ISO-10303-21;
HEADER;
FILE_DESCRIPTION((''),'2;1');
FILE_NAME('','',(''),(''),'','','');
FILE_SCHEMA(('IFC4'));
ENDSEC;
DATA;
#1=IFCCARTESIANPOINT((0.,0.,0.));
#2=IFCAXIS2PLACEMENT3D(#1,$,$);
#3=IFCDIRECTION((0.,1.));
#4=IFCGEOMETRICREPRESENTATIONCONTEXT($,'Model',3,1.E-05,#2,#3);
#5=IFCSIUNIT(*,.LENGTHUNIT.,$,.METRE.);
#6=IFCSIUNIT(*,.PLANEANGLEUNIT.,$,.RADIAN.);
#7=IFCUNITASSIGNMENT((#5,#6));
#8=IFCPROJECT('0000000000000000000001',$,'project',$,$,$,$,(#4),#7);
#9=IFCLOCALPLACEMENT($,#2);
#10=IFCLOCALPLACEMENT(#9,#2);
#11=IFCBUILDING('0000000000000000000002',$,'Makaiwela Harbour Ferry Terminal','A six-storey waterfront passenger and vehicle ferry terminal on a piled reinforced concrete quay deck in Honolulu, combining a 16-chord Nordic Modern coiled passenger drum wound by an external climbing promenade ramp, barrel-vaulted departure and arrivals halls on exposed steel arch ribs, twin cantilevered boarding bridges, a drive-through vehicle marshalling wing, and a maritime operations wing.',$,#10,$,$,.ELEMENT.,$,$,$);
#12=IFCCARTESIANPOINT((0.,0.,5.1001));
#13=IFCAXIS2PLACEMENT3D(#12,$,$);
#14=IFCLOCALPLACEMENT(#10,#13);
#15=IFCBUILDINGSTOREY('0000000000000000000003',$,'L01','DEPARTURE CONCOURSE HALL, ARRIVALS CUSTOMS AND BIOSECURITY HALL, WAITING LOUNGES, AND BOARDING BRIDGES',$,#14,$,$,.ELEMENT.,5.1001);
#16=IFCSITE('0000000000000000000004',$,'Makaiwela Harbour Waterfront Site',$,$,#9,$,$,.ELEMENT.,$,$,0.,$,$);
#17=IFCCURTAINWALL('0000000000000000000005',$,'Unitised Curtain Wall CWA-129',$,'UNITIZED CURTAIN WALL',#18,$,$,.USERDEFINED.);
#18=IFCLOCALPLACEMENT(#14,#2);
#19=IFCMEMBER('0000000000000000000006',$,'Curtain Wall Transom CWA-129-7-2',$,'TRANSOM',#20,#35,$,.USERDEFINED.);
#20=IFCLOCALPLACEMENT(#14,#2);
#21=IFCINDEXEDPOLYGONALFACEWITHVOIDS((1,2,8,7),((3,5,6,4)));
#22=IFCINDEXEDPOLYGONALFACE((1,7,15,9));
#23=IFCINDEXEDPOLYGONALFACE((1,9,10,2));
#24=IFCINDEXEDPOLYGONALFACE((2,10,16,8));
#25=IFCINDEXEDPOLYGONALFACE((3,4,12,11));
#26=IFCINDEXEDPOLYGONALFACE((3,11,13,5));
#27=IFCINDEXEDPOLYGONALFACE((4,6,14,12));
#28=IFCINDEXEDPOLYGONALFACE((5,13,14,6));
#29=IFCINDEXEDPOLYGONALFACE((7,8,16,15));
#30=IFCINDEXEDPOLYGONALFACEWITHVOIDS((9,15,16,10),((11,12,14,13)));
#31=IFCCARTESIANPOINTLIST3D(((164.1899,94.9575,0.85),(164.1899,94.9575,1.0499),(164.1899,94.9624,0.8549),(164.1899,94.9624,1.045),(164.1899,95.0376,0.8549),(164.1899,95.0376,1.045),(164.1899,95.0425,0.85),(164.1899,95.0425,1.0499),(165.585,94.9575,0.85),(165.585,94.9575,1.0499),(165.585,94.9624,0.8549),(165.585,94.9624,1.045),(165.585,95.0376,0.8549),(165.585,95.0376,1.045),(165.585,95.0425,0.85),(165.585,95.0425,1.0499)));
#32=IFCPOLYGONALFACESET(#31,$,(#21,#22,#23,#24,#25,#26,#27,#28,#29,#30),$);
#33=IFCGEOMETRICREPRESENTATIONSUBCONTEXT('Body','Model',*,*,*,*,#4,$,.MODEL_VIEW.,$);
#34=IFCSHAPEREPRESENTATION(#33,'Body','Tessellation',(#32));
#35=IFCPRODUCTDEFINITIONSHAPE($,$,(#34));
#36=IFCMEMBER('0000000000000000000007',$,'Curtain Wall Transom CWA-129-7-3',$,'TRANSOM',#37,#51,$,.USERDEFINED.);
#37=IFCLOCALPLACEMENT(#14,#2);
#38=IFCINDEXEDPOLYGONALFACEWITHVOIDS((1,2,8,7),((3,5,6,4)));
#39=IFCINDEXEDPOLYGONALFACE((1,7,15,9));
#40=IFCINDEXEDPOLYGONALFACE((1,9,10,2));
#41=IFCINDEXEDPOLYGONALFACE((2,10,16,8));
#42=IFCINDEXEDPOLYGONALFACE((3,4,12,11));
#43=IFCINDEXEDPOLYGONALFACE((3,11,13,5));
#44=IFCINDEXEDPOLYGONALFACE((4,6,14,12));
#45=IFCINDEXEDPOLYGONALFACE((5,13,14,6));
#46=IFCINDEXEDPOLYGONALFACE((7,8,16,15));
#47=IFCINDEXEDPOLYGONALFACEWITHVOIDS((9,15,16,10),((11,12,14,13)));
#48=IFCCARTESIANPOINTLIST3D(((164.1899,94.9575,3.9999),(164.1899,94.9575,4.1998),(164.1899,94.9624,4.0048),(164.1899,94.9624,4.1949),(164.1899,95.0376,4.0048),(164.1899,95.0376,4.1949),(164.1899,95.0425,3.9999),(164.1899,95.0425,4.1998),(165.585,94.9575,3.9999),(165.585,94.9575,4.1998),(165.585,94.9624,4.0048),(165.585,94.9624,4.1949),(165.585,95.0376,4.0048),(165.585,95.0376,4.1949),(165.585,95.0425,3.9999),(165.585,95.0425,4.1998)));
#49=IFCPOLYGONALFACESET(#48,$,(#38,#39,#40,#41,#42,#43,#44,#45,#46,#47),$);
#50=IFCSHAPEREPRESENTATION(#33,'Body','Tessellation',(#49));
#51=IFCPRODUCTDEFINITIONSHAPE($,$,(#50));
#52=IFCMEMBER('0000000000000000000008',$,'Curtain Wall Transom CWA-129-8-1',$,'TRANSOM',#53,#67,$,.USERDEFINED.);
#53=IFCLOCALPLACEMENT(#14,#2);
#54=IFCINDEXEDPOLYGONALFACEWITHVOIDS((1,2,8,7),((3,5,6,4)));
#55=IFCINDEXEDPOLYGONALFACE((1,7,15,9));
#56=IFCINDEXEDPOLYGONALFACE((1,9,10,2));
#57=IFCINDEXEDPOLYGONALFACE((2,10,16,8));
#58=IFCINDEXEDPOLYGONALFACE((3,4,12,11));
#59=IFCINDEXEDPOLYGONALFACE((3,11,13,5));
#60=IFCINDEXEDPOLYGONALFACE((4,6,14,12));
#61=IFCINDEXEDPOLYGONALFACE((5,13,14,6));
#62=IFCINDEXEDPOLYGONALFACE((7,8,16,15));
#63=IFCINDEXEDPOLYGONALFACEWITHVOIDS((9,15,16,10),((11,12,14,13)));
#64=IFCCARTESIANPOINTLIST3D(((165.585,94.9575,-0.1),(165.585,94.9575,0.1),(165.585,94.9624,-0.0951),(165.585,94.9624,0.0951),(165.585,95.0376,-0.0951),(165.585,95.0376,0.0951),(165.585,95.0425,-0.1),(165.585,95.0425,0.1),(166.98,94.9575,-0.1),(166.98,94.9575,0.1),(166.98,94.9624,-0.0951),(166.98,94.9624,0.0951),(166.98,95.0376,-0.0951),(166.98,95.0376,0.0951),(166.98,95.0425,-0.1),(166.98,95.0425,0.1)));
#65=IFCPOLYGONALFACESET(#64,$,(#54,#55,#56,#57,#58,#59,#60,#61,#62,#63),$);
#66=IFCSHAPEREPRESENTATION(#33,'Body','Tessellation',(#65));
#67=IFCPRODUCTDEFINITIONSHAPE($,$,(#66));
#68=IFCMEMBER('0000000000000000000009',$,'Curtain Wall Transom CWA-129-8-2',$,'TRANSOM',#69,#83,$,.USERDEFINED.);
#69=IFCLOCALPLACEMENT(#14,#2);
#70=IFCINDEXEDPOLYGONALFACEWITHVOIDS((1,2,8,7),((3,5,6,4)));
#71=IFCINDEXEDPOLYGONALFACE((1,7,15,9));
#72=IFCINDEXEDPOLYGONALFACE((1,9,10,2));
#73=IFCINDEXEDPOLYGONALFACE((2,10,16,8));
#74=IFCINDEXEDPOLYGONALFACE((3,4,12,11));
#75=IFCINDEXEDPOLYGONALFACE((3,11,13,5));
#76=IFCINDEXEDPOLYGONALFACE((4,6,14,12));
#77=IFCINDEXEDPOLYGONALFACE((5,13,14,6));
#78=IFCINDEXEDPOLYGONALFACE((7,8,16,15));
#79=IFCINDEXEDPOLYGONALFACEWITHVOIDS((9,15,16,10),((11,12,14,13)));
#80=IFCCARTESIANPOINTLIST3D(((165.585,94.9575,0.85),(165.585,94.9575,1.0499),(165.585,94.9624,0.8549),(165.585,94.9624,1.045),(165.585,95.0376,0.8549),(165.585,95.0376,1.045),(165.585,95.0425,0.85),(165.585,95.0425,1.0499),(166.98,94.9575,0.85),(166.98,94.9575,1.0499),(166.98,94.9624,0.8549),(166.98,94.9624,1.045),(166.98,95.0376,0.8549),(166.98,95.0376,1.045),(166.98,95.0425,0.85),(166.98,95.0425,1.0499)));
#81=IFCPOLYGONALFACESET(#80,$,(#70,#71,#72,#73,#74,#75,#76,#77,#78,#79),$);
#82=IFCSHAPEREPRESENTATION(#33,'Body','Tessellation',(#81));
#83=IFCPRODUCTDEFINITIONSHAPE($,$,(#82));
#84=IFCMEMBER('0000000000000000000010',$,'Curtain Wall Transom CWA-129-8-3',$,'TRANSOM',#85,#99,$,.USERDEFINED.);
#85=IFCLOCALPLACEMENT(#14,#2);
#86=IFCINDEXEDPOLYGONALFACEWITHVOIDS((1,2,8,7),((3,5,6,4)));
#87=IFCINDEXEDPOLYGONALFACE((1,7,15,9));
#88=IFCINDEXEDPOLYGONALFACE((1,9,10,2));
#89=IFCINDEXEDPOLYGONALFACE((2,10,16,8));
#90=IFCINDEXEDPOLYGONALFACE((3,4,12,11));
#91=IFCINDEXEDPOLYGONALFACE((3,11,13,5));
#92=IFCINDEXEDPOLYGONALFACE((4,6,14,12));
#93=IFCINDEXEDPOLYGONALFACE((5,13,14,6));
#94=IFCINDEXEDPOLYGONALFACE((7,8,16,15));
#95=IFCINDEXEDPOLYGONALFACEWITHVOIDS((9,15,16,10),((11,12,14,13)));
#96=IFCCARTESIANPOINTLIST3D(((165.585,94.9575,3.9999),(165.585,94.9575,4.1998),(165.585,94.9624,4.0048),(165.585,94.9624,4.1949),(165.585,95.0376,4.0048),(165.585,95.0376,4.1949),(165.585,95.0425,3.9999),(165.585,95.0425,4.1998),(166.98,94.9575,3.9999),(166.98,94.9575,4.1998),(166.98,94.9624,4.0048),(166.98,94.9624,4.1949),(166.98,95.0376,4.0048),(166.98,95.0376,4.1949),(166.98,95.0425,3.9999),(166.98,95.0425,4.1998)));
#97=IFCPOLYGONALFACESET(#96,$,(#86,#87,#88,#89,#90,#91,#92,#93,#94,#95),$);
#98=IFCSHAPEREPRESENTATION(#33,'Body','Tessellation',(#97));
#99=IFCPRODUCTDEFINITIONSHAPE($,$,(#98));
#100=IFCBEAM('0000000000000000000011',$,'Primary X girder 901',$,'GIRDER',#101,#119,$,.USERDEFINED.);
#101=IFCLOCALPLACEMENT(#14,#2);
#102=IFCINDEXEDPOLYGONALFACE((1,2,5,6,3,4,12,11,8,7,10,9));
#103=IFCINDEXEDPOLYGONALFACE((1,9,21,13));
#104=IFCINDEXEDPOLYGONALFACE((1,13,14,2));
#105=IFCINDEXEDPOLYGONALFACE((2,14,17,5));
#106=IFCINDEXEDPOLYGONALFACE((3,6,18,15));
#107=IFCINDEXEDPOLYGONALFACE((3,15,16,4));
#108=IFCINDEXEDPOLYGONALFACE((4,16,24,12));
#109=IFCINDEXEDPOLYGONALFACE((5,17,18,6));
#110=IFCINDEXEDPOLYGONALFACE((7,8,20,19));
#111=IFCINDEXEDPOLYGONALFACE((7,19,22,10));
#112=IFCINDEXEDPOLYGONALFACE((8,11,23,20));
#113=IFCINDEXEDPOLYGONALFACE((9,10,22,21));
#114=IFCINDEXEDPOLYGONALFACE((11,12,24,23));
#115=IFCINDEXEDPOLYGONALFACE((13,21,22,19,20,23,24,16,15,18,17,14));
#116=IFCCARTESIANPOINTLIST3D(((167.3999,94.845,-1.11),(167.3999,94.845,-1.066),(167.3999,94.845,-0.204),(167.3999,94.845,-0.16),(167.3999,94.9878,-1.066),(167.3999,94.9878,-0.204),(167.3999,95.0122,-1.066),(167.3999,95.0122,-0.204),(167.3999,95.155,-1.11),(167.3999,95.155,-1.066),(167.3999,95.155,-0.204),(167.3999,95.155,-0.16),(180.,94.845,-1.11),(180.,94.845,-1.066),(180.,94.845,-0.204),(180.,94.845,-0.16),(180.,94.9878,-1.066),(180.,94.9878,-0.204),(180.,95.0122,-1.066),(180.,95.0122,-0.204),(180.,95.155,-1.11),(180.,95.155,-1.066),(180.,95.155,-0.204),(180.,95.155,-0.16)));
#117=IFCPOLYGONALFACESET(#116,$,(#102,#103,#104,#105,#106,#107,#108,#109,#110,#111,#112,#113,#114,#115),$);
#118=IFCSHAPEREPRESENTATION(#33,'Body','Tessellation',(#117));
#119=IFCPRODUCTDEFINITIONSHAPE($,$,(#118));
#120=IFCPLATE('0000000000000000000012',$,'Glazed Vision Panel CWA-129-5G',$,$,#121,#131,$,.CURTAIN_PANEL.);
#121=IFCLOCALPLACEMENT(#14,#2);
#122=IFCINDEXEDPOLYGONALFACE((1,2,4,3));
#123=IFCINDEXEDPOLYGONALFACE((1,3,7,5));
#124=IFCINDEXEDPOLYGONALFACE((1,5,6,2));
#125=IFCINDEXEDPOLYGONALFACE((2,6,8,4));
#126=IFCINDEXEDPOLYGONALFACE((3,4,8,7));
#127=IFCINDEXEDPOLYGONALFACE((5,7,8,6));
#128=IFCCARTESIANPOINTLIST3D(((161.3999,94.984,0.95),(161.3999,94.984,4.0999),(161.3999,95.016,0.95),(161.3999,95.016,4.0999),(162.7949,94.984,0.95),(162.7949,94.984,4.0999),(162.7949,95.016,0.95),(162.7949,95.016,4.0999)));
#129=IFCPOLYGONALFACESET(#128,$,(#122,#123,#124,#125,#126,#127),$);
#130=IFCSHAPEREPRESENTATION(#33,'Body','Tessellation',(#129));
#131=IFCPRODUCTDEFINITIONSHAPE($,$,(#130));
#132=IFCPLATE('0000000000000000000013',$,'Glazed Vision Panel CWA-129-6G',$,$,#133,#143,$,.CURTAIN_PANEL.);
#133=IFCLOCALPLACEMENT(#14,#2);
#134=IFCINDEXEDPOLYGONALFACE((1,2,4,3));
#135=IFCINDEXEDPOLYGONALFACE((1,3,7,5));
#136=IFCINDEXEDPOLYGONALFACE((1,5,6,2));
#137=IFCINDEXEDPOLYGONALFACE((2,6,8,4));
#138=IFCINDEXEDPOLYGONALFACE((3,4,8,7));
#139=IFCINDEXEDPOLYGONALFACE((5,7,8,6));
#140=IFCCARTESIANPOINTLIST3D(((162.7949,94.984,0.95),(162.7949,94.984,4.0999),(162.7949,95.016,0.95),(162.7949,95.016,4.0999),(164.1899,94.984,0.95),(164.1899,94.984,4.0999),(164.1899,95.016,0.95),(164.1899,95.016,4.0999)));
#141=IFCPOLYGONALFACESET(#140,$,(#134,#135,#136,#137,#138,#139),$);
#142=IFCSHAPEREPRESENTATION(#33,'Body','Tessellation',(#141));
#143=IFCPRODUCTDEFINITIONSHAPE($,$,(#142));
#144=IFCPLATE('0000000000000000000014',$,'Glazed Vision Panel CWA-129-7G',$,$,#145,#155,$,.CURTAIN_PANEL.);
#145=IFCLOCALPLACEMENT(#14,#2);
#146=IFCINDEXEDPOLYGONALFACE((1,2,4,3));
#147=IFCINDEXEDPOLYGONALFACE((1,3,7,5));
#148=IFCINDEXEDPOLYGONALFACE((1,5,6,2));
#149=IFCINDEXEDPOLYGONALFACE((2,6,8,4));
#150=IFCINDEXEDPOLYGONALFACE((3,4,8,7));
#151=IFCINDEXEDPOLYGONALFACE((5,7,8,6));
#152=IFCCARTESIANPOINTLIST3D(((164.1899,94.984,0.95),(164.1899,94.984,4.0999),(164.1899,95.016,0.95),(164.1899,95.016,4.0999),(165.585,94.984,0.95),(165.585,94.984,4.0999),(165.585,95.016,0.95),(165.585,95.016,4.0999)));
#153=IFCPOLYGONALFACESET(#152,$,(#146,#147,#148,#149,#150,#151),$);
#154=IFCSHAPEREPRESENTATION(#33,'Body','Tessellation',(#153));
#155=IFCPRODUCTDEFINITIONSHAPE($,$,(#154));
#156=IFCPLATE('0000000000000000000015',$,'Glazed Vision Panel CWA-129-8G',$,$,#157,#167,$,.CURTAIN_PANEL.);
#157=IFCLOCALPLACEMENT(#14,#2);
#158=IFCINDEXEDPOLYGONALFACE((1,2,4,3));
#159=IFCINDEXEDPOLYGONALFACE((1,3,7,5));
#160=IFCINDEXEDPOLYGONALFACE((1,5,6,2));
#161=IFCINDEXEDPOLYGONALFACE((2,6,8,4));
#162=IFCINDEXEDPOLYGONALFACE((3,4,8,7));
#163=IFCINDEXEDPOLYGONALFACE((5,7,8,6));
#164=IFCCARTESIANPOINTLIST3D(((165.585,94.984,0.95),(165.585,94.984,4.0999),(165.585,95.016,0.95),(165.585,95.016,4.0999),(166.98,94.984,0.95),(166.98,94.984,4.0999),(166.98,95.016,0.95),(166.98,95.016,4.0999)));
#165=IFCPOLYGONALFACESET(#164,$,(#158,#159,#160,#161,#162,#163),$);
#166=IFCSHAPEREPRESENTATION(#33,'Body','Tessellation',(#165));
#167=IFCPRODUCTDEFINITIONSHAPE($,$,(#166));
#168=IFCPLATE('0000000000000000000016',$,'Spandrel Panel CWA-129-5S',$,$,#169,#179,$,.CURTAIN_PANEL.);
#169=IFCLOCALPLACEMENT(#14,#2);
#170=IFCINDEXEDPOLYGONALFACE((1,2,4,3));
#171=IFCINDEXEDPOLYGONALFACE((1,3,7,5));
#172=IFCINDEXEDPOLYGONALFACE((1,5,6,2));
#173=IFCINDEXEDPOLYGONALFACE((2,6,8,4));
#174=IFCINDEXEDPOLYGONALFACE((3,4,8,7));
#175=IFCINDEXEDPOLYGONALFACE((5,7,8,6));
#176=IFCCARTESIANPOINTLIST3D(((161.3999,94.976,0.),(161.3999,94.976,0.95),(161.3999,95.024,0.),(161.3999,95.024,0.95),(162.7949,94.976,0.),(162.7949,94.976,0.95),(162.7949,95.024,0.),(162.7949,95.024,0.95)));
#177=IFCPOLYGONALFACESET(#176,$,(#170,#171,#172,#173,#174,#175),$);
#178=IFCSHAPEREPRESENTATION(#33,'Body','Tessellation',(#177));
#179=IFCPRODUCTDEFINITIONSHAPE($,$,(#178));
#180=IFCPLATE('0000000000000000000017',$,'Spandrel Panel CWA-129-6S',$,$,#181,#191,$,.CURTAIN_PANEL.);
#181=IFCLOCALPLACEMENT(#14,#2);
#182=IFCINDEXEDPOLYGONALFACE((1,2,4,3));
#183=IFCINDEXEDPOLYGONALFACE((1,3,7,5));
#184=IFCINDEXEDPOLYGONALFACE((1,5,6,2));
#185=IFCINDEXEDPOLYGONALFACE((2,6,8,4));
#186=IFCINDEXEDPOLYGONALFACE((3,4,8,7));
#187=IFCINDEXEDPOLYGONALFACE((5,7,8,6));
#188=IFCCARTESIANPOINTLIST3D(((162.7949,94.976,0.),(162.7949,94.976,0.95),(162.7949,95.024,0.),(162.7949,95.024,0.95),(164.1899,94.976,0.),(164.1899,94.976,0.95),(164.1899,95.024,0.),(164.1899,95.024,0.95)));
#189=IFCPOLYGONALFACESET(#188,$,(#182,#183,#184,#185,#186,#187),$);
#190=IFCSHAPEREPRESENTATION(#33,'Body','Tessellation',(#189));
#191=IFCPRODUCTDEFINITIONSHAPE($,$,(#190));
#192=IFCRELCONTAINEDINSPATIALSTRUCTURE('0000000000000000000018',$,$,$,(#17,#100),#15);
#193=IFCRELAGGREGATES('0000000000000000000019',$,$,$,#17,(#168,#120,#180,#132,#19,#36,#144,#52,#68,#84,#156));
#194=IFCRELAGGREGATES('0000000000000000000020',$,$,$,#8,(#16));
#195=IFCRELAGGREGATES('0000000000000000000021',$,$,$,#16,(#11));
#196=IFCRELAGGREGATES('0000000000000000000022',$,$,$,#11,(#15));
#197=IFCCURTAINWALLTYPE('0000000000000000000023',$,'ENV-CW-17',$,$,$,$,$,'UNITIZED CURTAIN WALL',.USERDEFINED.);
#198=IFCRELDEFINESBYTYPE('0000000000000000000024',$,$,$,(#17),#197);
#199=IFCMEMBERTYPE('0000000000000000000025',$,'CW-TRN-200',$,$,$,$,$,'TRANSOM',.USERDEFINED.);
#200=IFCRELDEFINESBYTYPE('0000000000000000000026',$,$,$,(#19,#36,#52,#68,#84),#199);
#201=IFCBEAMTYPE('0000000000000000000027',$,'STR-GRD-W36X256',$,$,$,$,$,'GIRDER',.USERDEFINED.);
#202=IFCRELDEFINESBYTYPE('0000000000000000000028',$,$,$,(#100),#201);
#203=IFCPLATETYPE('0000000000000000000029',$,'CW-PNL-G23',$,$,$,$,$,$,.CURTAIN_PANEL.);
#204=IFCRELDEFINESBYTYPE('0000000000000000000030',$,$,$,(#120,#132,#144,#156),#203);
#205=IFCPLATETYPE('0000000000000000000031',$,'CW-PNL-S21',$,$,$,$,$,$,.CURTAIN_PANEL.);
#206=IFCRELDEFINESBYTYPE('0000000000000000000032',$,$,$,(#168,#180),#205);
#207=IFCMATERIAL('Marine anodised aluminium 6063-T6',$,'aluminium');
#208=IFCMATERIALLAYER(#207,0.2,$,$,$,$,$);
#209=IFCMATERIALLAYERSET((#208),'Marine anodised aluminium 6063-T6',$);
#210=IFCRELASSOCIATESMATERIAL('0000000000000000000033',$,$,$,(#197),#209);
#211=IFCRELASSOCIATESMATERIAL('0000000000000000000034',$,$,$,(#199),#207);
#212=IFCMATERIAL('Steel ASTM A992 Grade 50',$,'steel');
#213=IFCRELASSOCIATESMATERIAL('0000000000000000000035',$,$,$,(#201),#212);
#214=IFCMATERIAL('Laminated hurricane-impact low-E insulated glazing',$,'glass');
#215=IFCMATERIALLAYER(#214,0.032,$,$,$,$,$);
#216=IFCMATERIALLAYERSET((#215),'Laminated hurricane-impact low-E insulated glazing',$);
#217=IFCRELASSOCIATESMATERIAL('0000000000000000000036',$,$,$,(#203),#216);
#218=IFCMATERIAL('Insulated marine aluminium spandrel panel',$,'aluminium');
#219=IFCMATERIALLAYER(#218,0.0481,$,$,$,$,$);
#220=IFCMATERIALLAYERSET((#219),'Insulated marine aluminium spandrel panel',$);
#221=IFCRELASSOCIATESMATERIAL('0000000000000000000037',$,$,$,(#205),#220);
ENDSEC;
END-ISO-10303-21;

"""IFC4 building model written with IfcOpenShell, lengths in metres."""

from ifc_helpers import new_model, si_unit, direction, frame, origin, origin_2d, place, context, subcontext, project, spatial, rectangle, hollow_rectangle, i_section, extrude, material, layer, layer_set, material_profile, profile_set, type_object, element, aggregate, save


model = new_model("IFC4")

# Units and contexts
model_context = context("Model", 3, precision=1e-05, world=origin(), true_north=direction((0.0, 1.0)))
body_context = subcontext(model_context, "Body", "Model", "MODEL_VIEW")
ifc_project = project(units=[si_unit("LENGTHUNIT", "METRE"), si_unit("PLANEANGLEUNIT", "RADIAN")], contexts=[model_context])

# Site, building, storey
site_placement = place(None, origin())
site = spatial("IfcSite", under=ifc_project, at=site_placement, Name="Makaiwela Harbour Waterfront Site", CompositionType="ELEMENT", RefElevation=0.0)
building_placement = place(site_placement, origin())
building = spatial("IfcBuilding", under=site, at=building_placement, Name="Makaiwela Harbour Ferry Terminal", Description="A six-storey waterfront passenger and vehicle ferry terminal on a piled reinforced concrete quay deck in Honolulu, combining a 16-chord Nordic Modern coiled passenger drum wound by an external climbing promenade ramp, barrel-vaulted departure and arrivals halls on exposed steel arch ribs, twin cantilevered boarding bridges, a drive-through vehicle marshalling wing, and a maritime operations wing.", CompositionType="ELEMENT")
storey_placement = place(building_placement, frame((0.0, 0.0, 5.1001)))
storey = spatial("IfcBuildingStorey", under=building, at=storey_placement, Name="L01", Description="DEPARTURE CONCOURSE HALL, ARRIVALS CUSTOMS AND BIOSECURITY HALL, WAITING LOUNGES, AND BOARDING BRIDGES", CompositionType="ELEMENT", Elevation=5.1001)

# Shared definitions
ifc_material_1 = material(Name="Steel ASTM A992 Grade 50", Category="steel")

# Curtain wall, members
ifc_material_2 = material(Name="Marine anodised aluminium 6063-T6", Category="aluminium")
ifc_layer_1 = layer(ifc_material_2, 0.2)
ifc_layer_set_1 = layer_set([ifc_layer_1], Name="Marine anodised aluminium 6063-T6")
curtain_wall_type = type_object("IfcCurtainWallType", Name="ENV-CW-17", ElementType="UNITIZED CURTAIN WALL", PredefinedType="USERDEFINED", material=ifc_layer_set_1)
curtain_wall_placement = place(storey_placement, origin())
curtain_wall = element("IfcCurtainWall", 1, at=curtain_wall_placement, inside=storey, type_object=curtain_wall_type, Name="Unitised Curtain Wall CWA-129", ObjectType="UNITIZED CURTAIN WALL", PredefinedType="USERDEFINED")
ifc_material_profile_1 = material_profile(ifc_material_2, hollow_rectangle(XDim=0.085, YDim=0.2, WallThickness=0.0049, at=origin_2d()), Name="CWT-200X85")
ifc_profile_set_1 = profile_set([ifc_material_profile_1], Name="Marine anodised aluminium 6063-T6")
member_type_1 = type_object("IfcMemberType", Name="CW-TRN-200", ElementType="TRANSOM", PredefinedType="USERDEFINED", material=ifc_profile_set_1)
member_1_placement = place(storey_placement, frame((164.1899, 95.0, 0.95), z_axis=(1.0, 0.0, 0.0), x_axis=(0.0, 1.0, 0.0)))
member_1 = element("IfcMember", 2, at=member_1_placement, type_object=member_type_1, Name="Curtain Wall Transom CWA-129-7-2", ObjectType="TRANSOM", PredefinedType="USERDEFINED", context=body_context, shape_type="SweptSolid", body=[
    extrude(hollow_rectangle(XDim=0.085, YDim=0.2, WallThickness=0.0049, at=origin_2d()), origin(), (0.0, 0.0, 1.0), 1.395),
])
member_2_placement = place(storey_placement, frame((164.1899, 95.0, 4.0999), z_axis=(1.0, 0.0, 0.0), x_axis=(0.0, 1.0, 0.0)))
member_2 = element("IfcMember", 3, at=member_2_placement, type_object=member_type_1, Name="Curtain Wall Transom CWA-129-7-3", ObjectType="TRANSOM", PredefinedType="USERDEFINED", context=body_context, shape_type="SweptSolid", body=[
    extrude(hollow_rectangle(XDim=0.085, YDim=0.2, WallThickness=0.0049, at=origin_2d()), origin(), (0.0, 0.0, 1.0), 1.395),
])
member_3_placement = place(storey_placement, frame((165.585, 95.0, 0.0), z_axis=(1.0, 0.0, 0.0), x_axis=(0.0, 1.0, 0.0)))
member_3 = element("IfcMember", 4, at=member_3_placement, type_object=member_type_1, Name="Curtain Wall Transom CWA-129-8-1", ObjectType="TRANSOM", PredefinedType="USERDEFINED", context=body_context, shape_type="SweptSolid", body=[
    extrude(hollow_rectangle(XDim=0.085, YDim=0.2, WallThickness=0.0049, at=origin_2d()), origin(), (0.0, 0.0, 1.0), 1.395),
])
member_4_placement = place(storey_placement, frame((165.585, 95.0, 0.95), z_axis=(1.0, 0.0, 0.0), x_axis=(0.0, 1.0, 0.0)))
member_4 = element("IfcMember", 5, at=member_4_placement, type_object=member_type_1, Name="Curtain Wall Transom CWA-129-8-2", ObjectType="TRANSOM", PredefinedType="USERDEFINED", context=body_context, shape_type="SweptSolid", body=[
    extrude(hollow_rectangle(XDim=0.085, YDim=0.2, WallThickness=0.0049, at=origin_2d()), origin(), (0.0, 0.0, 1.0), 1.395),
])
member_5_placement = place(storey_placement, frame((165.585, 95.0, 4.0999), z_axis=(1.0, 0.0, 0.0), x_axis=(0.0, 1.0, 0.0)))
member_5 = element("IfcMember", 6, at=member_5_placement, type_object=member_type_1, Name="Curtain Wall Transom CWA-129-8-3", ObjectType="TRANSOM", PredefinedType="USERDEFINED", context=body_context, shape_type="SweptSolid", body=[
    extrude(hollow_rectangle(XDim=0.085, YDim=0.2, WallThickness=0.0049, at=origin_2d()), origin(), (0.0, 0.0, 1.0), 1.395),
])

# Beam
ifc_material_profile_2 = material_profile(ifc_material_1, i_section(OverallWidth=0.3101, OverallDepth=0.95, WebThickness=0.0244, FlangeThickness=0.0439, at=origin_2d()), Name="W36X256")
ifc_profile_set_2 = profile_set([ifc_material_profile_2], Name="Steel ASTM A992 Grade 50")
beam_type = type_object("IfcBeamType", Name="STR-GRD-W36X256", ElementType="GIRDER", PredefinedType="USERDEFINED", material=ifc_profile_set_2)
beam_placement = place(storey_placement, frame((167.3999, 95.0, -0.635), z_axis=(1.0, 0.0, 0.0), x_axis=(0.0, 1.0, 0.0)))
element("IfcBeam", 7, at=beam_placement, inside=storey, type_object=beam_type, Name="Primary X girder 901", ObjectType="GIRDER", PredefinedType="USERDEFINED", context=body_context, shape_type="SweptSolid", body=[
    extrude(i_section(OverallWidth=0.3101, OverallDepth=0.95, WebThickness=0.0244, FlangeThickness=0.0439, at=origin_2d()), origin(), (0.0, 0.0, 1.0), 12.6001),
])

# Plates
ifc_material_3 = material(Name="Laminated hurricane-impact low-E insulated glazing", Category="glass")
ifc_layer_2 = layer(ifc_material_3, 0.032)
ifc_layer_set_2 = layer_set([ifc_layer_2], Name="Laminated hurricane-impact low-E insulated glazing")
plate_type_1 = type_object("IfcPlateType", Name="CW-PNL-G23", PredefinedType="CURTAIN_PANEL", material=ifc_layer_set_2)
plate_1_placement = place(storey_placement, frame((162.0974, 95.0, 0.95), z_axis=(0.0, 0.0, 1.0), x_axis=(1.0, 0.0, 0.0)))
plate_1 = element("IfcPlate", 8, at=plate_1_placement, type_object=plate_type_1, Name="Glazed Vision Panel CWA-129-5G", PredefinedType="CURTAIN_PANEL", context=body_context, shape_type="SweptSolid", body=[
    extrude(rectangle(XDim=1.395, YDim=0.032, at=origin_2d()), origin(), (0.0, 0.0, 1.0), 3.1499),
])
plate_2_placement = place(storey_placement, frame((163.4924, 95.0, 0.95), z_axis=(0.0, 0.0, 1.0), x_axis=(1.0, 0.0, 0.0)))
plate_2 = element("IfcPlate", 9, at=plate_2_placement, type_object=plate_type_1, Name="Glazed Vision Panel CWA-129-6G", PredefinedType="CURTAIN_PANEL", context=body_context, shape_type="SweptSolid", body=[
    extrude(rectangle(XDim=1.395, YDim=0.032, at=origin_2d()), origin(), (0.0, 0.0, 1.0), 3.1499),
])
plate_3_placement = place(storey_placement, frame((164.8875, 95.0, 0.95), z_axis=(0.0, 0.0, 1.0), x_axis=(1.0, 0.0, 0.0)))
plate_3 = element("IfcPlate", 10, at=plate_3_placement, type_object=plate_type_1, Name="Glazed Vision Panel CWA-129-7G", PredefinedType="CURTAIN_PANEL", context=body_context, shape_type="SweptSolid", body=[
    extrude(rectangle(XDim=1.395, YDim=0.032, at=origin_2d()), origin(), (0.0, 0.0, 1.0), 3.1499),
])
plate_4_placement = place(storey_placement, frame((166.2825, 95.0, 0.95), z_axis=(0.0, 0.0, 1.0), x_axis=(1.0, 0.0, 0.0)))
plate_4 = element("IfcPlate", 11, at=plate_4_placement, type_object=plate_type_1, Name="Glazed Vision Panel CWA-129-8G", PredefinedType="CURTAIN_PANEL", context=body_context, shape_type="SweptSolid", body=[
    extrude(rectangle(XDim=1.395, YDim=0.032, at=origin_2d()), origin(), (0.0, 0.0, 1.0), 3.1499),
])
ifc_material_4 = material(Name="Insulated marine aluminium spandrel panel", Category="aluminium")
ifc_layer_3 = layer(ifc_material_4, 0.0481)
ifc_layer_set_3 = layer_set([ifc_layer_3], Name="Insulated marine aluminium spandrel panel")
plate_type_2 = type_object("IfcPlateType", Name="CW-PNL-S21", PredefinedType="CURTAIN_PANEL", material=ifc_layer_set_3)
plate_5_placement = place(storey_placement, frame((162.0974, 95.0, 0.0), z_axis=(0.0, 0.0, 1.0), x_axis=(1.0, 0.0, 0.0)))
plate_5 = element("IfcPlate", 12, at=plate_5_placement, type_object=plate_type_2, Name="Spandrel Panel CWA-129-5S", PredefinedType="CURTAIN_PANEL", context=body_context, shape_type="SweptSolid", body=[
    extrude(rectangle(XDim=1.395, YDim=0.0481, at=origin_2d()), origin(), (0.0, 0.0, 1.0), 0.95),
])
plate_6_placement = place(storey_placement, frame((163.4924, 95.0, 0.0), z_axis=(0.0, 0.0, 1.0), x_axis=(1.0, 0.0, 0.0)))
plate_6 = element("IfcPlate", 13, at=plate_6_placement, type_object=plate_type_2, Name="Spandrel Panel CWA-129-6S", PredefinedType="CURTAIN_PANEL", context=body_context, shape_type="SweptSolid", body=[
    extrude(rectangle(XDim=1.395, YDim=0.0481, at=origin_2d()), origin(), (0.0, 0.0, 1.0), 0.95),
])
aggregate(curtain_wall, [plate_5, plate_1, plate_6, plate_2, member_1, member_2, plate_3, member_3, member_4, member_5, plate_4])

save(model, "model.ifc")
